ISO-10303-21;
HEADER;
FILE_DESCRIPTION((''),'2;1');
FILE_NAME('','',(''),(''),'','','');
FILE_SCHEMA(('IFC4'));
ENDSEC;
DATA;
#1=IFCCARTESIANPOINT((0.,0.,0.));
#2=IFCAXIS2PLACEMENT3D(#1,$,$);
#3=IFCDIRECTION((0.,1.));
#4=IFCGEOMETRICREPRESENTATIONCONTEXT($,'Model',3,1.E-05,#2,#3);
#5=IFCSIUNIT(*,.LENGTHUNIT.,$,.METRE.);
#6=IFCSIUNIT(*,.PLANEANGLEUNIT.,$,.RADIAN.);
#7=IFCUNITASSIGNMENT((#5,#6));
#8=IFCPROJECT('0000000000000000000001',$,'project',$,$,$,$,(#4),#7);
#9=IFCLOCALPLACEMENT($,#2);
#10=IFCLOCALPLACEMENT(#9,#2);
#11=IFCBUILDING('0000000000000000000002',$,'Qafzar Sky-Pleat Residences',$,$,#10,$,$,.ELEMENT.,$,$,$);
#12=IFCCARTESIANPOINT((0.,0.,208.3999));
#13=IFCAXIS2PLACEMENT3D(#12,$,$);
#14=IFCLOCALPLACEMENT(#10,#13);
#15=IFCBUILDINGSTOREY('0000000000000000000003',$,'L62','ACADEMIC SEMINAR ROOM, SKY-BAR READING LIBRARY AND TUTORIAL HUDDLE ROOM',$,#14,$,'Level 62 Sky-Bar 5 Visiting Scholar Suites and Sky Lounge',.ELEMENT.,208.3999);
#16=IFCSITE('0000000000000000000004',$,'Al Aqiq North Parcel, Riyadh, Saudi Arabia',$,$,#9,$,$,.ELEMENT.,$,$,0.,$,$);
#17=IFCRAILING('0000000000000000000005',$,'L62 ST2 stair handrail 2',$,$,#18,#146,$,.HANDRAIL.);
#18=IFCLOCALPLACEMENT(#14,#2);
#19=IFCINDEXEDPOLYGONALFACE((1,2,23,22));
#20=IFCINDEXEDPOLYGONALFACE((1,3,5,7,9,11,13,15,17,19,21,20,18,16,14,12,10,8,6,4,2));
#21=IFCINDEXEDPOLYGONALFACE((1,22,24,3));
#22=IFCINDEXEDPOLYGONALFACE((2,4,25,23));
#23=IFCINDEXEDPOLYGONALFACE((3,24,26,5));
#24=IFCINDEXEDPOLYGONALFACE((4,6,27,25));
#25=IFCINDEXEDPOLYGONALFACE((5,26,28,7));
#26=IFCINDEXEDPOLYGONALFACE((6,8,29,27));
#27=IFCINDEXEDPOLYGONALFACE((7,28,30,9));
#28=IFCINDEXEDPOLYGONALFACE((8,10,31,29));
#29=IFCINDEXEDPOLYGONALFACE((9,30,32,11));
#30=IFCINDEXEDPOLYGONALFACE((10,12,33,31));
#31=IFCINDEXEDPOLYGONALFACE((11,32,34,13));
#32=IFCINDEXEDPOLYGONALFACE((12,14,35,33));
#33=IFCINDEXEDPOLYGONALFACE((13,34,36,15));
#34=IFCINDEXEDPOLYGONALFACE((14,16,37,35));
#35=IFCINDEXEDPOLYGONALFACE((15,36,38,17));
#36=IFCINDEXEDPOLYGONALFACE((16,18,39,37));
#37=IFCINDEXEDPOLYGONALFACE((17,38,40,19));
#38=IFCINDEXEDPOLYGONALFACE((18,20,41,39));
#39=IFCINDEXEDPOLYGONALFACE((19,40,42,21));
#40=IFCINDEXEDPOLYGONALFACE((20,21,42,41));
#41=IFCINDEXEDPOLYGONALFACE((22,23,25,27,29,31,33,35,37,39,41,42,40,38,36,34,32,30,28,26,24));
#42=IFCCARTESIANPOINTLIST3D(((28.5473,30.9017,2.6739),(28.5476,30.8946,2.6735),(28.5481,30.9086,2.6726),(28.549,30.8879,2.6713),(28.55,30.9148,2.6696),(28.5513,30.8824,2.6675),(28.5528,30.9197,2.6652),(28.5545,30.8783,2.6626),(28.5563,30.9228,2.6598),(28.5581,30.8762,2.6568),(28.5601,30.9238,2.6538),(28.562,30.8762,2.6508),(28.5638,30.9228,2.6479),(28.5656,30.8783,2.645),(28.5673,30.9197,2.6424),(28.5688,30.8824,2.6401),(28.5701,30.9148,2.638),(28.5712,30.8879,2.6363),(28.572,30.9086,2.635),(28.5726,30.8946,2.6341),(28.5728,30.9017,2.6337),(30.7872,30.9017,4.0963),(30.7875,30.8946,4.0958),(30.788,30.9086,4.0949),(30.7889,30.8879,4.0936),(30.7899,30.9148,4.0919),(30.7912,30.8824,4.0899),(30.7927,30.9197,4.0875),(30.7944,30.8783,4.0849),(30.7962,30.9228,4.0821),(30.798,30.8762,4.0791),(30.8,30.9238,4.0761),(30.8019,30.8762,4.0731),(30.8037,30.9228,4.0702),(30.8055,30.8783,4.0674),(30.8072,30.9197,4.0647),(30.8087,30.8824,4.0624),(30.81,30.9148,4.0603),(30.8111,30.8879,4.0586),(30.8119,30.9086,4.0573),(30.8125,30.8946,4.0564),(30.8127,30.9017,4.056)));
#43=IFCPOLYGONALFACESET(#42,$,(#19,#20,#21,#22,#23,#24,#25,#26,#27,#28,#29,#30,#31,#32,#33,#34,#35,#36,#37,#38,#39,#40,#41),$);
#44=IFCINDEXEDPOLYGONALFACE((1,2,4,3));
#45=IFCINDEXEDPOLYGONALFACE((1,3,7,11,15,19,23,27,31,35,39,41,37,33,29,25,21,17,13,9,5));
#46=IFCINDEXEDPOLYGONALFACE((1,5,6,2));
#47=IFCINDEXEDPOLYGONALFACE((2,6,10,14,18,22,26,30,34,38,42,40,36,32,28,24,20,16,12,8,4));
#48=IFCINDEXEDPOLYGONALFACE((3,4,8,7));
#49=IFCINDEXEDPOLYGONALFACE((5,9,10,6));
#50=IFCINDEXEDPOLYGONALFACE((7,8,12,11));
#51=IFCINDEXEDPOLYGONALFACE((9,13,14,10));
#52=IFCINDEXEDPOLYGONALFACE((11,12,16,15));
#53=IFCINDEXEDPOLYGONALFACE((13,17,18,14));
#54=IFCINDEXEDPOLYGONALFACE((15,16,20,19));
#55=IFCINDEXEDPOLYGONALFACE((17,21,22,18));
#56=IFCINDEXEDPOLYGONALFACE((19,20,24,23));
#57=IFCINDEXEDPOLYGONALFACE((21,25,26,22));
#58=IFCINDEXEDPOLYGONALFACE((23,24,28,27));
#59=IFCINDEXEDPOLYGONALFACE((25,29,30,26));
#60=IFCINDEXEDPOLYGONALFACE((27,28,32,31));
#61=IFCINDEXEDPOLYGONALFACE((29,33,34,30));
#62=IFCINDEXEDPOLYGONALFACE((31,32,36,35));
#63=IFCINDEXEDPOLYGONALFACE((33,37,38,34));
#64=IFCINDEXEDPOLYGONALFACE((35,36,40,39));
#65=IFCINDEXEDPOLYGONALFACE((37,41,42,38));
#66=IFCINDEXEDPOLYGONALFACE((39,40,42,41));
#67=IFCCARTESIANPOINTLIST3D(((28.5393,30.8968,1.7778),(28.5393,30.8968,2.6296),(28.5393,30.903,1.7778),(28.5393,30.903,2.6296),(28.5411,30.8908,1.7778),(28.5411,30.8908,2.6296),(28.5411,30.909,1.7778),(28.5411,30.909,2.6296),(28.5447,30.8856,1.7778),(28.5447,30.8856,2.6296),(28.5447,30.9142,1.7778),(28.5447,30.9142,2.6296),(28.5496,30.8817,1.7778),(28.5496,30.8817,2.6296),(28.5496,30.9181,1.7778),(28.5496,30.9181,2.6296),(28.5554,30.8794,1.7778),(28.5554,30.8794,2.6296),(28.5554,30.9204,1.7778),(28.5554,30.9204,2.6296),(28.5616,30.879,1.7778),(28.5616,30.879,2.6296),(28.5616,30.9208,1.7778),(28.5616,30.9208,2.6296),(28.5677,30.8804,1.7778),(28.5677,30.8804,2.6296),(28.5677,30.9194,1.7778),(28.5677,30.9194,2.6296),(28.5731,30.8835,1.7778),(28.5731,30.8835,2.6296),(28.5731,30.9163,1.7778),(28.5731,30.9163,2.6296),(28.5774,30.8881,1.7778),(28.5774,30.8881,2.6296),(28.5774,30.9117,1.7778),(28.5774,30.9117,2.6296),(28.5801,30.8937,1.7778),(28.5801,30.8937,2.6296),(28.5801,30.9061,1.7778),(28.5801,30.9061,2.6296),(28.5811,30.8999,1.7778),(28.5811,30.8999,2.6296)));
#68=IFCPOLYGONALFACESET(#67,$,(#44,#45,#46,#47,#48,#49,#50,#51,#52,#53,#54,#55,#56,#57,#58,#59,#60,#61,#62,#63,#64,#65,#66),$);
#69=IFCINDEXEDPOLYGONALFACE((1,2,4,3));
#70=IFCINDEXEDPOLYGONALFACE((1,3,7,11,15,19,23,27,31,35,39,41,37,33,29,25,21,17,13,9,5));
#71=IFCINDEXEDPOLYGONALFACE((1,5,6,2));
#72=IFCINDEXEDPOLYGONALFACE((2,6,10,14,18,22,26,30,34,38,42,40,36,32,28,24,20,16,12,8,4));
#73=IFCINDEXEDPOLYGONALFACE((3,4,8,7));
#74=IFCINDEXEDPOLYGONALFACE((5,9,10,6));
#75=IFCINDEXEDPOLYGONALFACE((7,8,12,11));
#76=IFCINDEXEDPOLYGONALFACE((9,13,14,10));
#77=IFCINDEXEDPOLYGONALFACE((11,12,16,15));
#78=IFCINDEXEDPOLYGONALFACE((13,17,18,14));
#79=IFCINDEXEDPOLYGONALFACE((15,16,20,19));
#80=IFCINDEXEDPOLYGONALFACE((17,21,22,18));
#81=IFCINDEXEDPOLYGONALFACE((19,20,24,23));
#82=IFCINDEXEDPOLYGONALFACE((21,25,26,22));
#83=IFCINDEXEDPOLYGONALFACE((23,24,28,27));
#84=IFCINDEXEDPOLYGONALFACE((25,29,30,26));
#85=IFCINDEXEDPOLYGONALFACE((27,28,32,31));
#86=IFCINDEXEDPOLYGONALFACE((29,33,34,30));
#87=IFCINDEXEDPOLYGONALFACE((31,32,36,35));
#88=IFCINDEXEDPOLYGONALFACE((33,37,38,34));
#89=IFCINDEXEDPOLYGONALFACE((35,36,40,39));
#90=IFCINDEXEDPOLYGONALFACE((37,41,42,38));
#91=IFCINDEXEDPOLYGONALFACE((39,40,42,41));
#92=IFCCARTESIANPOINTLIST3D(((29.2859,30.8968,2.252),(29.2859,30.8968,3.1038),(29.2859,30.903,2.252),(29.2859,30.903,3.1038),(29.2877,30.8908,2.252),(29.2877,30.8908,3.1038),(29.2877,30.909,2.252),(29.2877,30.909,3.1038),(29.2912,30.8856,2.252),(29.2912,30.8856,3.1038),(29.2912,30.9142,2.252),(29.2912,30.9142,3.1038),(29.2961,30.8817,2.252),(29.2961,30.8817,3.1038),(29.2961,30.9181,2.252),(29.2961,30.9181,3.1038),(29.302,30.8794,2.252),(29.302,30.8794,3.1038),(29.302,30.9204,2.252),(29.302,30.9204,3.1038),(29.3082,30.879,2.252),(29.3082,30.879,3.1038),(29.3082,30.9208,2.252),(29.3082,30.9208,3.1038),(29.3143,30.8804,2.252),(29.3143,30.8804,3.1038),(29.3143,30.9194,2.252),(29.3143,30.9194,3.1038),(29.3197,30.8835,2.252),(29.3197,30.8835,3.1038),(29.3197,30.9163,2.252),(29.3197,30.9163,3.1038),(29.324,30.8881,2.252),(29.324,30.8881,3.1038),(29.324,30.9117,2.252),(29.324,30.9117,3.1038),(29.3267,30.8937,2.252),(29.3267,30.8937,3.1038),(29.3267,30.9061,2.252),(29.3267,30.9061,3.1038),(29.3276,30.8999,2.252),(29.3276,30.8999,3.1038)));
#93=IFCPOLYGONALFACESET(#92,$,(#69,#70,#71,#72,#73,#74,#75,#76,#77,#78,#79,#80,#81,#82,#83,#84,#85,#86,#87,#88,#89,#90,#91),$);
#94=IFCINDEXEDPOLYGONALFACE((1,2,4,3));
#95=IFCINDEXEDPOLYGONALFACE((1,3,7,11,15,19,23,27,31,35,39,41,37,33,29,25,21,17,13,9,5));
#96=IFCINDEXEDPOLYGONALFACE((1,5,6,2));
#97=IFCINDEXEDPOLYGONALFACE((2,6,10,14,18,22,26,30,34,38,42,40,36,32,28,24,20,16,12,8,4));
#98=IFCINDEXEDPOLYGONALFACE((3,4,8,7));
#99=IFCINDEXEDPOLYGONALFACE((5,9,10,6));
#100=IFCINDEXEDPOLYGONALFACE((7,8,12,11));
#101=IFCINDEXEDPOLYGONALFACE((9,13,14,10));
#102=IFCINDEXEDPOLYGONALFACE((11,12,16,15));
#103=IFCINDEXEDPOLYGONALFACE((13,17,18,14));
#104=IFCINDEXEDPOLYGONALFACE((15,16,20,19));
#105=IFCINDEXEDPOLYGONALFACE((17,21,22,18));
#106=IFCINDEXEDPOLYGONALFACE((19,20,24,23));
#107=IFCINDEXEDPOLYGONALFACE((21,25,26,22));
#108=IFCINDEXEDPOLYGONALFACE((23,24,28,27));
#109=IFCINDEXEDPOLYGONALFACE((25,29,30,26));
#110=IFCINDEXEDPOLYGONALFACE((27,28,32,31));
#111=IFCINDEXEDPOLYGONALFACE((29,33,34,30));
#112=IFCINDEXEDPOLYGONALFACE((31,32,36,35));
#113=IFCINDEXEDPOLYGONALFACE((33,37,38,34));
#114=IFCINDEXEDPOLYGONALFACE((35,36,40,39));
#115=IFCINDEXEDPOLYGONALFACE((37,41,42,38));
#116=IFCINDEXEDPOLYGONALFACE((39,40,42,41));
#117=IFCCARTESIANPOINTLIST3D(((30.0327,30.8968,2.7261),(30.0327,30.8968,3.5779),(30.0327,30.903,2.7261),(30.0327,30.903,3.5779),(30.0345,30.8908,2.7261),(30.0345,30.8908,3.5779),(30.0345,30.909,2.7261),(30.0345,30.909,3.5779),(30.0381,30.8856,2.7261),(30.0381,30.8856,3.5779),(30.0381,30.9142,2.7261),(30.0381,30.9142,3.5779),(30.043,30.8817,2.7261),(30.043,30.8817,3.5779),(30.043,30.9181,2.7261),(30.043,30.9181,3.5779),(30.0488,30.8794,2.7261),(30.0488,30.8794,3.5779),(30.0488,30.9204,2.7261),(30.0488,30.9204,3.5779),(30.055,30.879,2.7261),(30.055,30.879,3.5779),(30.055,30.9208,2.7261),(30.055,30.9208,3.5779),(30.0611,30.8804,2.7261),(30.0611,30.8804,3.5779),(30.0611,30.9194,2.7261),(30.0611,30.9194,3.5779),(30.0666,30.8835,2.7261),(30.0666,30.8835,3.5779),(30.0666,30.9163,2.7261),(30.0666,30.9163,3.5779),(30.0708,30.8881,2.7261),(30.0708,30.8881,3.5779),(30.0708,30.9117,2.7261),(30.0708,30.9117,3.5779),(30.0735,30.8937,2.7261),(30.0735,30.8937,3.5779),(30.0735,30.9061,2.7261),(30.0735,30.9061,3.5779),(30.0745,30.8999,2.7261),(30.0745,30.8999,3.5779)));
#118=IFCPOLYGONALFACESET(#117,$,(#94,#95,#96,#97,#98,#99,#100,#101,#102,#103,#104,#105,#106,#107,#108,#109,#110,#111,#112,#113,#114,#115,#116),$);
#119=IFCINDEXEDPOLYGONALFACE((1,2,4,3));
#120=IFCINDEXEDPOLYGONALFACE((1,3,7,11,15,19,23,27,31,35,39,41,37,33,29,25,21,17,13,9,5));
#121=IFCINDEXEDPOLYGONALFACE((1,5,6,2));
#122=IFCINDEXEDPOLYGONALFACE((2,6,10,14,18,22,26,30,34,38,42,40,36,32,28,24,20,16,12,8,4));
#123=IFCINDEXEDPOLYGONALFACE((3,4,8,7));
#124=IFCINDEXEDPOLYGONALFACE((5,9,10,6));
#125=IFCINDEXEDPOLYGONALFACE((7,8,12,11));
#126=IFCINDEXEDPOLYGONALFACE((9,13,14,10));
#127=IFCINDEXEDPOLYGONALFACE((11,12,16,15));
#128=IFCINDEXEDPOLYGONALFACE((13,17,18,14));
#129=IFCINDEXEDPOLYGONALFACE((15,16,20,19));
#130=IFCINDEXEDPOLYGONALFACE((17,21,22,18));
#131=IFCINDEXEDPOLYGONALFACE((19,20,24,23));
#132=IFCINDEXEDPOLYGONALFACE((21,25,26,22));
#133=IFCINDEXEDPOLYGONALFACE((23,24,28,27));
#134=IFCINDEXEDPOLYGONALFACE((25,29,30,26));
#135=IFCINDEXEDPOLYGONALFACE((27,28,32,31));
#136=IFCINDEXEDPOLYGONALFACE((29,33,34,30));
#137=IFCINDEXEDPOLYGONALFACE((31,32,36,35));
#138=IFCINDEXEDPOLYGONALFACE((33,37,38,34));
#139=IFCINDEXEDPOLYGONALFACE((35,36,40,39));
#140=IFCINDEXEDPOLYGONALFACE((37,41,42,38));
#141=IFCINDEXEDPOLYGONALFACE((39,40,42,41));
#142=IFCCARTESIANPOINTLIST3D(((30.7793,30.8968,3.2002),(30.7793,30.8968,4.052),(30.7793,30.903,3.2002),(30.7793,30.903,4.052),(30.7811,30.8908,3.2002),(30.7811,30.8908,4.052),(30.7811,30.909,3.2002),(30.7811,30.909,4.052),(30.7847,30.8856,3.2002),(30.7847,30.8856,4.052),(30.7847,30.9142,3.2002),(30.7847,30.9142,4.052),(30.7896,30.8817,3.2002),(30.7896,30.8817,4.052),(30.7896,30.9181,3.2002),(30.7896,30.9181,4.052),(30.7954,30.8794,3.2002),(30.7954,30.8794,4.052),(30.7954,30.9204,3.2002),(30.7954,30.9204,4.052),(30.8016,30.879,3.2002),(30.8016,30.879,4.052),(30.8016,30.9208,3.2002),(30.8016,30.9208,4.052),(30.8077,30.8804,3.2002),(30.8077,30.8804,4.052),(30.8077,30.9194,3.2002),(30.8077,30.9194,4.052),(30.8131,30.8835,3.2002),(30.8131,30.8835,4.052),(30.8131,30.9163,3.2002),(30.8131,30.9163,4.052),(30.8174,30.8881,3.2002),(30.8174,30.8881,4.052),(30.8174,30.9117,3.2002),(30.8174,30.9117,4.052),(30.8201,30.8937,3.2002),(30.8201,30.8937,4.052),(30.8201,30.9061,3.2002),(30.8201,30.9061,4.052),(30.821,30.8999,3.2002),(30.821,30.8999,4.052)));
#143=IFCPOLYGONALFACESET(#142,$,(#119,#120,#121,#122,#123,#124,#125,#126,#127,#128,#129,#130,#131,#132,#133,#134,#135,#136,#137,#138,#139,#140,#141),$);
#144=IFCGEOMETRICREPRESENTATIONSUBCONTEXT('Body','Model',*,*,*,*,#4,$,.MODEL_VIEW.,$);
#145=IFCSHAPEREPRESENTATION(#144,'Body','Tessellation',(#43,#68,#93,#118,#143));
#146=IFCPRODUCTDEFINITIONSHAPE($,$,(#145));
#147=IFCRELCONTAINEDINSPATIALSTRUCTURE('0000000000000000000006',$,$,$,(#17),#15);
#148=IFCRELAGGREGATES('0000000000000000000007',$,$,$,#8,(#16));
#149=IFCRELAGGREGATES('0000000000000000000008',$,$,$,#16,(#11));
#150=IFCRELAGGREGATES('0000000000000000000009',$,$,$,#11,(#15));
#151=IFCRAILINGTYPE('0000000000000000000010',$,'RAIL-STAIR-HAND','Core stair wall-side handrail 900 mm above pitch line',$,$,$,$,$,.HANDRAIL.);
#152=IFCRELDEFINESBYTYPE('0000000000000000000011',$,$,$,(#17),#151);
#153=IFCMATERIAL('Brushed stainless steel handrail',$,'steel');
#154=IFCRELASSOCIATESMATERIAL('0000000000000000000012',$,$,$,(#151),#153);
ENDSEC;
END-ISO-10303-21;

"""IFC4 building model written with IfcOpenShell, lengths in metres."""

from ifc_helpers import new_model, si_unit, direction, frame, origin, origin_2d, place, context, subcontext, project, spatial, circle, extrude, source, transform, mapped, material, type_object, element, save


model = new_model("IFC4")

# Units and contexts
model_context = context("Model", 3, precision=1e-05, world=origin(), true_north=direction((0.0, 1.0)))
body_context = subcontext(model_context, "Body", "Model", "MODEL_VIEW")
ifc_project = project(units=[si_unit("LENGTHUNIT", "METRE"), si_unit("PLANEANGLEUNIT", "RADIAN")], contexts=[model_context])

# Site, building, storey
site_placement = place(None, origin())
site = spatial("IfcSite", under=ifc_project, at=site_placement, Name="Al Aqiq North Parcel, Riyadh, Saudi Arabia", CompositionType="ELEMENT", RefElevation=0.0)
building_placement = place(site_placement, origin())
building = spatial("IfcBuilding", under=site, at=building_placement, Name="Qafzar Sky-Pleat Residences", CompositionType="ELEMENT")
storey_placement = place(building_placement, frame((0.0, 0.0, 208.3999)))
storey = spatial("IfcBuildingStorey", under=building, at=storey_placement, Name="L62", Description="ACADEMIC SEMINAR ROOM, SKY-BAR READING LIBRARY AND TUTORIAL HUDDLE ROOM", LongName="Level 62 Sky-Bar 5 Visiting Scholar Suites and Sky Lounge", CompositionType="ELEMENT", Elevation=208.3999)

# Railing
ifc_material_1 = material(Name="Brushed stainless steel handrail", Category="steel")
railing_type_1 = type_object("IfcRailingType", Name="RAIL-STAIR-HAND", Description="Core stair wall-side handrail 900 mm above pitch line", PredefinedType="HANDRAIL", material=ifc_material_1)
shared_shape_1 = source(origin(), body_context, "Body", "SweptSolid", [
    extrude(circle(Radius=0.0239, at=origin_2d()), frame((0.0, 0.0, 0.876), z_axis=(0.844188, 0.0, 0.536048), x_axis=(0.0, 1.0, 0.0)), (0.0, 0.0, 1.0), 2.6533),
    extrude(circle(Radius=0.021, at=origin_2d()), origin(), (0.0, 0.0, 1.0), 0.8518),
    extrude(circle(Radius=0.021, at=origin_2d()), frame((0.7466, 0.0, 0.4741)), (0.0, 0.0, 1.0), 0.8518),
    extrude(circle(Radius=0.021, at=origin_2d()), frame((1.4934, 0.0, 0.9482)), (0.0, 0.0, 1.0), 0.8518),
    extrude(circle(Radius=0.021, at=origin_2d()), frame((2.24, 0.0, 1.4224)), (0.0, 0.0, 1.0), 0.8518),
])
railing_1_placement = place(storey_placement, frame((28.5601, 30.8999, 1.7778)))
element("IfcRailing", 1, at=railing_1_placement, inside=storey, type_object=railing_type_1, Name="L62 ST2 stair handrail 2", PredefinedType="HANDRAIL", context=body_context, shape_type="MappedRepresentation", body=[
    mapped(shared_shape_1, transform((0.0, 0.0, 0.0), x_axis=(1.0, 0.0, 0.0), y_axis=(0.0, 1.0, 0.0), z_axis=(0.0, 0.0, 1.0), scale=1.0)),
])

save(model, "model.ifc")
